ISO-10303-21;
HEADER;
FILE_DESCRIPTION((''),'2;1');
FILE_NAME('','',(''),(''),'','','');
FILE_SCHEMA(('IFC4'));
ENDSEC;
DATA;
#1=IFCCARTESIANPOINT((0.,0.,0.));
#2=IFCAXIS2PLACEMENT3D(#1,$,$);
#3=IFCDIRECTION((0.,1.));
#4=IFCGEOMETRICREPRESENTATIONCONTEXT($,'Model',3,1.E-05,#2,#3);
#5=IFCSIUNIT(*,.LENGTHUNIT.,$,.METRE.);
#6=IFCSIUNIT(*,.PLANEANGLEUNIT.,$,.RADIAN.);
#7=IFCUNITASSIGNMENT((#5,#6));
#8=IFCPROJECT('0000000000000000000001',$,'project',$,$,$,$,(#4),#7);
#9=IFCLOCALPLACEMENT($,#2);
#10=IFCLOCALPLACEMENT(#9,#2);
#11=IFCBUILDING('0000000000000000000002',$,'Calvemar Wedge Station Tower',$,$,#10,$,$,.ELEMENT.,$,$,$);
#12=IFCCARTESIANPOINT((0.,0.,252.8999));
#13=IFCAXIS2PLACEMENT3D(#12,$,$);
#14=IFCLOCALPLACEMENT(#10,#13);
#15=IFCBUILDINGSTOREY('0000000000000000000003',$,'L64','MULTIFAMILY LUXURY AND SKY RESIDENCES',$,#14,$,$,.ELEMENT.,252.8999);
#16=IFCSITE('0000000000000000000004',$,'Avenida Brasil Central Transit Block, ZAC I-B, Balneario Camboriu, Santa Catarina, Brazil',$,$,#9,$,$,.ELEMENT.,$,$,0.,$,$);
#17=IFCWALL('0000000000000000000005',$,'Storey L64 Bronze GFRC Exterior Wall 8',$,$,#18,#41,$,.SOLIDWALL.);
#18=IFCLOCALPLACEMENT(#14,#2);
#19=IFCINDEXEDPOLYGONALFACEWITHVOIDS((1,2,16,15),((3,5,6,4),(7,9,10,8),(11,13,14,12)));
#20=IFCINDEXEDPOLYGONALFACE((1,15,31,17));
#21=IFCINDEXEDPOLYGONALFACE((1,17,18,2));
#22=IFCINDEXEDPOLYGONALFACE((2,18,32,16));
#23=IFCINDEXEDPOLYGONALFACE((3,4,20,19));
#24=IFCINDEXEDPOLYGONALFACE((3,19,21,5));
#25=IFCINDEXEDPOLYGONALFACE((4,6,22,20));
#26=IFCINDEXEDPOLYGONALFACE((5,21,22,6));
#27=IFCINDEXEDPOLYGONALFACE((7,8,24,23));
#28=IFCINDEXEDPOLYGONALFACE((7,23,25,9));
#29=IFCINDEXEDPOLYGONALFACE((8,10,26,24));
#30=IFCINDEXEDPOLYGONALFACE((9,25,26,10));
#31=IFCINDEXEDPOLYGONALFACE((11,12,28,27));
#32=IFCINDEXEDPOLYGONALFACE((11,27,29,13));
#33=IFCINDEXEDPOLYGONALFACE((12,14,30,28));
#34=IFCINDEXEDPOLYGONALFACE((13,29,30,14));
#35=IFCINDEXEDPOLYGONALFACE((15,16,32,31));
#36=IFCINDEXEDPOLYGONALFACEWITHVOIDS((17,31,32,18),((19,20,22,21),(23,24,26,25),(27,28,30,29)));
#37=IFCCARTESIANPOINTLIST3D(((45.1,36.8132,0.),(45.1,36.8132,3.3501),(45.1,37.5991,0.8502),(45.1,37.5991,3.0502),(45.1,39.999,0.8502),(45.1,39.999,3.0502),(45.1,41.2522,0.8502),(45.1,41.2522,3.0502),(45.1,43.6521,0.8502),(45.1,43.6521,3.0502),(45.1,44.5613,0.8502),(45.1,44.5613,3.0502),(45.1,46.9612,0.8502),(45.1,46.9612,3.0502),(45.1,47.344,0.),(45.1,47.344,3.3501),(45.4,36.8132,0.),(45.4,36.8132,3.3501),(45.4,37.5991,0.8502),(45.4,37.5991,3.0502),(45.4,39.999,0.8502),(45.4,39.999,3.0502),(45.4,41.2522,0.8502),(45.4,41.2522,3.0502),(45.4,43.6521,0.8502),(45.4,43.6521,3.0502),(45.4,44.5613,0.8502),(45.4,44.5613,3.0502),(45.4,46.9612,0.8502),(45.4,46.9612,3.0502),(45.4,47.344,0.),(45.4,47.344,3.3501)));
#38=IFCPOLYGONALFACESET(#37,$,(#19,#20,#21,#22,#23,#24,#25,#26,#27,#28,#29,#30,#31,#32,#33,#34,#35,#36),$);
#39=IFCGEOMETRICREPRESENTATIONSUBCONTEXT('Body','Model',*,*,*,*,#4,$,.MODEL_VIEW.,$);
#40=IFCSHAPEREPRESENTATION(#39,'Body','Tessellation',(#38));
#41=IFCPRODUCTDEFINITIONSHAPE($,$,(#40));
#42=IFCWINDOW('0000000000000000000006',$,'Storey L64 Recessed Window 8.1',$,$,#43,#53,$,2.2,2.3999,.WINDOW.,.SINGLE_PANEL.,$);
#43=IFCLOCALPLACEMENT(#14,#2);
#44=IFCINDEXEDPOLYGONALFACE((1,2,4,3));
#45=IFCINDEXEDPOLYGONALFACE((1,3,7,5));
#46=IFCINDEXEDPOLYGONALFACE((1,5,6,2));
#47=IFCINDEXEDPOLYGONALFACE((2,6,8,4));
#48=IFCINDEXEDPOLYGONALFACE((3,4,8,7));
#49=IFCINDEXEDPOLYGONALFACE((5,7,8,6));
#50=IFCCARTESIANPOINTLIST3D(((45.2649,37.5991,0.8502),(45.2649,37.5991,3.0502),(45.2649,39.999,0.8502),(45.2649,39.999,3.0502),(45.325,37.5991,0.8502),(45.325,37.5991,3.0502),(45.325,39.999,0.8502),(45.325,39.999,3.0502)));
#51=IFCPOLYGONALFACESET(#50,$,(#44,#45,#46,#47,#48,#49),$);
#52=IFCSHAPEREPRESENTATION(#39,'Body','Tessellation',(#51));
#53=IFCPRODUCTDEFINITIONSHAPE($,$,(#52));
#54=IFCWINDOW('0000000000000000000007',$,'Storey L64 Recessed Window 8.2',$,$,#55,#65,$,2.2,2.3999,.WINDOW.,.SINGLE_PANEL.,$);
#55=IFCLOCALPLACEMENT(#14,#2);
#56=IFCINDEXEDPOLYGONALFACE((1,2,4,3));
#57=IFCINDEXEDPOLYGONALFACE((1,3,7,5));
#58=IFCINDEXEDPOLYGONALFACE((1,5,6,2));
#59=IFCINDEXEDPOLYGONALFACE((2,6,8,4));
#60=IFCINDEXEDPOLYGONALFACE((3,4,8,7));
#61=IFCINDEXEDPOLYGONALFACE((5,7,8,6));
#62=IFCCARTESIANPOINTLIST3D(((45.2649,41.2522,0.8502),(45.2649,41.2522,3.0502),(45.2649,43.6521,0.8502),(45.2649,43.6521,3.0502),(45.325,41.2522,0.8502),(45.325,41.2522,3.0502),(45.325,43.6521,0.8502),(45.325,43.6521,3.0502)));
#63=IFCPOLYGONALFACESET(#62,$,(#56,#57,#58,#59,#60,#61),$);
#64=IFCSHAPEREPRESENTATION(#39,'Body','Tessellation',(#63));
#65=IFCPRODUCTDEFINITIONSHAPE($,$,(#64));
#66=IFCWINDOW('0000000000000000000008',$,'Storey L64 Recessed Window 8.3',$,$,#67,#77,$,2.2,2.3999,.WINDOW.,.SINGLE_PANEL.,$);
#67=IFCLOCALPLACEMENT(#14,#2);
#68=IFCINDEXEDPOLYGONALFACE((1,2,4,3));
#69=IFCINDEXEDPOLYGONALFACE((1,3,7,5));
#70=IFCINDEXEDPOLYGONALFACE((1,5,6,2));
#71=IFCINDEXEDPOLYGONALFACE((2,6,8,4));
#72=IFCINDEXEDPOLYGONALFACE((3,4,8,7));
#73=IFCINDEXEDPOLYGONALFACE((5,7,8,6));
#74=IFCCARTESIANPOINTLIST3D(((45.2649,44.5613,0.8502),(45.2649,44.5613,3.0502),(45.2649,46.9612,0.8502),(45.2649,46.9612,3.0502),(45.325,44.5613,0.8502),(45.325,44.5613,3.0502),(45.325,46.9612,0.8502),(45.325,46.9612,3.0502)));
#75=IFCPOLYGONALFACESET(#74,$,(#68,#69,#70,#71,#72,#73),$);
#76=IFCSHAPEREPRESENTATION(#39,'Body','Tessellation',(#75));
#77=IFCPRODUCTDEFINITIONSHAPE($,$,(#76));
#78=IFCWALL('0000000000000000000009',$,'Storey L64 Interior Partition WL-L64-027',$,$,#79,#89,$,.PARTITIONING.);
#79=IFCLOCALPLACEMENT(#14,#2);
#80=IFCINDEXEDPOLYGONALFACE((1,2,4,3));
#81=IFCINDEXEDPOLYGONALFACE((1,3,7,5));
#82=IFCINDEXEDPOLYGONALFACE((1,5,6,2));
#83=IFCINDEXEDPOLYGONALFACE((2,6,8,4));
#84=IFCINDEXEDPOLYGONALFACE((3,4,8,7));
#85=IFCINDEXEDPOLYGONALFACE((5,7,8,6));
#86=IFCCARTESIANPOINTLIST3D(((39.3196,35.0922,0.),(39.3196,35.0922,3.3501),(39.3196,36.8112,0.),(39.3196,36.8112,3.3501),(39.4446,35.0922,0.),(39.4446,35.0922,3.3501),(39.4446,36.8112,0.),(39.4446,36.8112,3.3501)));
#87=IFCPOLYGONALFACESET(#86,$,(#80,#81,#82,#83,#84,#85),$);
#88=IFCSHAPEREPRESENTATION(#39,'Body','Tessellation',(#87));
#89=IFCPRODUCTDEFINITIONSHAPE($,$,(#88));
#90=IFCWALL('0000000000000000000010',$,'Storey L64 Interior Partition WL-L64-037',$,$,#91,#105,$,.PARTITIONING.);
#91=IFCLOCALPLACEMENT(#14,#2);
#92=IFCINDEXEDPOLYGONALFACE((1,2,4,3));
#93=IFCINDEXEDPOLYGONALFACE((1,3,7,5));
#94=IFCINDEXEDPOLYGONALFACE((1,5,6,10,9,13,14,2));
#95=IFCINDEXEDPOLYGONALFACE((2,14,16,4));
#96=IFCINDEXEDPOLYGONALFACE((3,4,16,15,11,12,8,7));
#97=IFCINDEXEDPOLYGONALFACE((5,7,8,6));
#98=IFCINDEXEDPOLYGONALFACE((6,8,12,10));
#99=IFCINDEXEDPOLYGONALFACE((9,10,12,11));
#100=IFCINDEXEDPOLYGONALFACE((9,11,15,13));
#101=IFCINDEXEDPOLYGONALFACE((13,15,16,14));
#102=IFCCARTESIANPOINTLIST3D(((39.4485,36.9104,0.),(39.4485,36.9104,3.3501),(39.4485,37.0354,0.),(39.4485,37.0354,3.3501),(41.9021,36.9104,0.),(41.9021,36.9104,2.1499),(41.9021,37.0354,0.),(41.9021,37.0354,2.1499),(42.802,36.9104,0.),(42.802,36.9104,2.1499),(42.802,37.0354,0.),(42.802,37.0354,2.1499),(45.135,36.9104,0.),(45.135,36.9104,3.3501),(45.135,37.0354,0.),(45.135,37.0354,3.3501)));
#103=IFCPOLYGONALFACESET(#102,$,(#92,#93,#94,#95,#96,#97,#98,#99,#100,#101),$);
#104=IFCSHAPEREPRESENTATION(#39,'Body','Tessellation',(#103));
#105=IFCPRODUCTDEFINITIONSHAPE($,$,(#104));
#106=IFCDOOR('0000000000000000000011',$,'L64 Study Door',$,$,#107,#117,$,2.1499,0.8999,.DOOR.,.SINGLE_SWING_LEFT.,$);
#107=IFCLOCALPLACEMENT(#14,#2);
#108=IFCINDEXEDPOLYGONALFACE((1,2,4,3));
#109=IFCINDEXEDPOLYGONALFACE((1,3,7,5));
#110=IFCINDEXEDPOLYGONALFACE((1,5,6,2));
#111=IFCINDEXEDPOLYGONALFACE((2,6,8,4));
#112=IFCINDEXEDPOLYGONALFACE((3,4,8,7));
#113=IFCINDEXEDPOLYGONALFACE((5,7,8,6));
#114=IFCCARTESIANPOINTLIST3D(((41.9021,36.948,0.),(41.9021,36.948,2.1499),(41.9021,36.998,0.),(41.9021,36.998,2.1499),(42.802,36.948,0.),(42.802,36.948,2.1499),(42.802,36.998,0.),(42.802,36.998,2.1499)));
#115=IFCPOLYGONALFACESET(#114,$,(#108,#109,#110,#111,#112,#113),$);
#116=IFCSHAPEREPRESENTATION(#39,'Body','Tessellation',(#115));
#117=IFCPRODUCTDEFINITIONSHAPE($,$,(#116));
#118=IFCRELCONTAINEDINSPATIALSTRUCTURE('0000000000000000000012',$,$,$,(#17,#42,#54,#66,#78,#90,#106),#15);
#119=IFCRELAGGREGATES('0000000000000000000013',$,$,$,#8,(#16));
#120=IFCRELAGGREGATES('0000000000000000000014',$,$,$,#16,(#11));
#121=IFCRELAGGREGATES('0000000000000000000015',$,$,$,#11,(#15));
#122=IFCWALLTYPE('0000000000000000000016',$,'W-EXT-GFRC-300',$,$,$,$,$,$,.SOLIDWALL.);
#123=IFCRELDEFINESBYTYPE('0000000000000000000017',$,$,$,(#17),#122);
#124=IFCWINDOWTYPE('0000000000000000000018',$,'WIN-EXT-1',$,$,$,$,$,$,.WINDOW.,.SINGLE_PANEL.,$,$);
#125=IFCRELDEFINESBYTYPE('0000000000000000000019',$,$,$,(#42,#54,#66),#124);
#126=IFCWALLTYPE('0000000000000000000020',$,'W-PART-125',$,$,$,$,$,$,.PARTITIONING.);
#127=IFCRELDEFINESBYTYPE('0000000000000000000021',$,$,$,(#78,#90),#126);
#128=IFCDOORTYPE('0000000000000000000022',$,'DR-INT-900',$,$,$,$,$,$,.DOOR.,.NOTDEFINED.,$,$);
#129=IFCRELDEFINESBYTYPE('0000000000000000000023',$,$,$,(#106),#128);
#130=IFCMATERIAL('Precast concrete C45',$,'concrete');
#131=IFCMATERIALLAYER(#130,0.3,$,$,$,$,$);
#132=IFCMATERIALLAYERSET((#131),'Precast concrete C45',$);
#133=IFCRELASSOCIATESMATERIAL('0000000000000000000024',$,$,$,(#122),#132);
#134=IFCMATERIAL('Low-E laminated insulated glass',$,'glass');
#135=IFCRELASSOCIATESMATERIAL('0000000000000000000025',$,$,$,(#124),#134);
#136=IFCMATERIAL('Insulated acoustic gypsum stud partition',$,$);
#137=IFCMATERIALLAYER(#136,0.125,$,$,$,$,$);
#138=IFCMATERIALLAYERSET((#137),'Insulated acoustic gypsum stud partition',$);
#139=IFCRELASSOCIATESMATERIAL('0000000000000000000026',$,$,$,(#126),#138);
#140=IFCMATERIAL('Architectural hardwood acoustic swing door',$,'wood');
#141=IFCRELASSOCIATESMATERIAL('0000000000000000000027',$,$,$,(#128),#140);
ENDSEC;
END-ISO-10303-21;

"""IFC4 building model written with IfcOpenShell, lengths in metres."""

from ifc_helpers import new_model, si_unit, direction, frame, frame_2d, origin, place, context, subcontext, project, spatial, rectangle, extrude, source, transform, mapped, material, layer, layer_set, type_object, element, fill, save


model = new_model("IFC4")

# Units and contexts
model_context = context("Model", 3, precision=1e-05, world=origin(), true_north=direction((0.0, 1.0)))
body_context = subcontext(model_context, "Body", "Model", "MODEL_VIEW")
ifc_project = project(units=[si_unit("LENGTHUNIT", "METRE"), si_unit("PLANEANGLEUNIT", "RADIAN")], contexts=[model_context])

# Site, building, storey
site_placement = place(None, origin())
site = spatial("IfcSite", under=ifc_project, at=site_placement, Name="Avenida Brasil Central Transit Block, ZAC I-B, Balneario Camboriu, Santa Catarina, Brazil", CompositionType="ELEMENT", RefElevation=0.0)
building_placement = place(site_placement, origin())
building = spatial("IfcBuilding", under=site, at=building_placement, Name="Calvemar Wedge Station Tower", CompositionType="ELEMENT")
storey_placement = place(building_placement, frame((0.0, 0.0, 252.8999)))
storey = spatial("IfcBuildingStorey", under=building, at=storey_placement, Name="L64", Description="MULTIFAMILY LUXURY AND SKY RESIDENCES", CompositionType="ELEMENT", Elevation=252.8999)

# Shared definitions
ifc_material_1 = material(Name="Low-E laminated insulated glass", Category="glass")

# Shared definitions
ifc_material_2 = material(Name="Precast concrete C45", Category="concrete")

# Shared definitions
ifc_layer_1 = layer(ifc_material_2, 0.3)
ifc_layer_set_1 = layer_set([ifc_layer_1], Name="Precast concrete C45")
wall_type_1 = type_object("IfcWallType", Name="W-EXT-GFRC-300", PredefinedType="SOLIDWALL", material=ifc_layer_set_1)

# Wall, openings, windows
wall_1_placement = place(storey_placement, frame((45.25, 36.8132, 0.0), z_axis=(0.0, 0.0, 1.0), x_axis=(0.0, 1.0, 0.0)))
wall_1 = element("IfcWall", 1, at=wall_1_placement, inside=storey, type_object=wall_type_1, Name="Storey L64 Bronze GFRC Exterior Wall 8", PredefinedType="SOLIDWALL", context=body_context, shape_type="SweptSolid", body=[
    extrude(rectangle(XDim=10.5308, YDim=0.3, at=frame_2d((5.2654, 0.0))), origin(), (0.0, 0.0, 1.0), 3.3501),
])
shared_shape_1 = source(origin(), body_context, "Body", "SweptSolid", [
    extrude(rectangle(XDim=2.3999, YDim=2.2, at=frame_2d((1.2, 1.1001))), frame((0.0, 0.1602, 0.0), z_axis=(0.0, -1.0, 0.0), x_axis=(1.0, 0.0, 0.0)), (0.0, 0.0, 1.0), 0.3201),
])
opening_1_placement = place(wall_1_placement, frame((0.7859, 0.0, 0.8501)))
opening_1 = element("IfcOpeningElement", 2, at=opening_1_placement, cuts=wall_1, PredefinedType="OPENING", context=body_context, shape_type="MappedRepresentation", body=[
    mapped(shared_shape_1, transform((0.0, 0.0, 0.0), scale=1.0)),
])
opening_2_placement = place(wall_1_placement, frame((4.439, 0.0, 0.8501)))
opening_2 = element("IfcOpeningElement", 3, at=opening_2_placement, cuts=wall_1, PredefinedType="OPENING", context=body_context, shape_type="MappedRepresentation", body=[
    mapped(shared_shape_1, transform((0.0, 0.0, 0.0), scale=1.0)),
])
opening_3_placement = place(wall_1_placement, frame((7.748, 0.0, 0.8501)))
opening_3 = element("IfcOpeningElement", 4, at=opening_3_placement, cuts=wall_1, PredefinedType="OPENING", context=body_context, shape_type="MappedRepresentation", body=[
    mapped(shared_shape_1, transform((0.0, 0.0, 0.0), scale=1.0)),
])
window_type_1 = type_object("IfcWindowType", Name="WIN-EXT-1", PartitioningType="SINGLE_PANEL", PredefinedType="WINDOW", material=ifc_material_1)
shared_shape_2 = source(origin(), body_context, "Body", "SweptSolid", [
    extrude(rectangle(XDim=2.3999, YDim=2.2, at=frame_2d((1.2, 1.1001))), frame((0.0, -0.0149, 0.0), z_axis=(0.0, -1.0, 0.0), x_axis=(1.0, 0.0, 0.0)), (0.0, 0.0, 1.0), 0.0601),
])
window_1_placement = place(opening_1_placement, origin())
window_1 = element("IfcWindow", 5, at=window_1_placement, inside=storey, type_object=window_type_1, Name="Storey L64 Recessed Window 8.1", OverallHeight=2.2, OverallWidth=2.3999, PartitioningType="SINGLE_PANEL", PredefinedType="WINDOW", context=body_context, shape_type="MappedRepresentation", body=[
    mapped(shared_shape_2, transform((0.0, 0.0, 0.0), scale=1.0)),
])
fill(opening_1, window_1)
window_2_placement = place(opening_2_placement, origin())
window_2 = element("IfcWindow", 6, at=window_2_placement, inside=storey, type_object=window_type_1, Name="Storey L64 Recessed Window 8.2", OverallHeight=2.2, OverallWidth=2.3999, PartitioningType="SINGLE_PANEL", PredefinedType="WINDOW", context=body_context, shape_type="MappedRepresentation", body=[
    mapped(shared_shape_2, transform((0.0, 0.0, 0.0), scale=1.0)),
])
fill(opening_2, window_2)
window_3_placement = place(opening_3_placement, origin())
window_3 = element("IfcWindow", 7, at=window_3_placement, inside=storey, type_object=window_type_1, Name="Storey L64 Recessed Window 8.3", OverallHeight=2.2, OverallWidth=2.3999, PartitioningType="SINGLE_PANEL", PredefinedType="WINDOW", context=body_context, shape_type="MappedRepresentation", body=[
    mapped(shared_shape_2, transform((0.0, 0.0, 0.0), scale=1.0)),
])
fill(opening_3, window_3)

# Wall
ifc_material_3 = material(Name="Insulated acoustic gypsum stud partition")
ifc_layer_2 = layer(ifc_material_3, 0.125)
ifc_layer_set_2 = layer_set([ifc_layer_2], Name="Insulated acoustic gypsum stud partition")
wall_type_2 = type_object("IfcWallType", Name="W-PART-125", PredefinedType="PARTITIONING", material=ifc_layer_set_2)
wall_2_placement = place(storey_placement, frame((39.3821, 36.811, 0.0), z_axis=(0.0, 0.0, 1.0), x_axis=(0.0, -1.0, 0.0)))
element("IfcWall", 8, at=wall_2_placement, inside=storey, type_object=wall_type_2, Name="Storey L64 Interior Partition WL-L64-027", PredefinedType="PARTITIONING", context=body_context, shape_type="SweptSolid", body=[
    extrude(rectangle(XDim=1.719, YDim=0.125, at=frame_2d((0.8594, 0.0))), origin(), (0.0, 0.0, 1.0), 3.3501),
])

# Wall, opening, door
wall_3_placement = place(storey_placement, frame((45.135, 36.9729, 0.0), z_axis=(0.0, 0.0, 1.0), x_axis=(-1.0, 0.0, 0.0)))
wall_3 = element("IfcWall", 9, at=wall_3_placement, inside=storey, type_object=wall_type_2, Name="Storey L64 Interior Partition WL-L64-037", PredefinedType="PARTITIONING", context=body_context, shape_type="SweptSolid", body=[
    extrude(rectangle(XDim=5.6865, YDim=0.125, at=frame_2d((2.8433, 0.0))), origin(), (0.0, 0.0, 1.0), 3.3501),
])
shared_shape_3 = source(origin(), body_context, "Body", "SweptSolid", [
    extrude(rectangle(XDim=0.8999, YDim=2.1499, at=frame_2d((0.45, 1.075))), frame((0.0, 0.0725, 0.0), z_axis=(0.0, -1.0, 0.0), x_axis=(1.0, 0.0, 0.0)), (0.0, 0.0, 1.0), 0.145),
])
opening_4_placement = place(wall_3_placement, frame((2.333, 0.0, 0.0)))
opening_4 = element("IfcOpeningElement", 10, at=opening_4_placement, cuts=wall_3, PredefinedType="OPENING", context=body_context, shape_type="MappedRepresentation", body=[
    mapped(shared_shape_3, transform((0.0, 0.0, 0.0), scale=1.0)),
])
ifc_material_4 = material(Name="Architectural hardwood acoustic swing door", Category="wood")
door_type_1 = type_object("IfcDoorType", Name="DR-INT-900", OperationType="NOTDEFINED", PredefinedType="DOOR", material=ifc_material_4)
shared_shape_4 = source(origin(), body_context, "Body", "SweptSolid", [
    extrude(rectangle(XDim=0.8999, YDim=2.1499, at=frame_2d((0.45, 1.075))), frame((0.0, 0.0249, 0.0), z_axis=(0.0, -1.0, 0.0), x_axis=(1.0, 0.0, 0.0)), (0.0, 0.0, 1.0), 0.05),
])
door_1_placement = place(opening_4_placement, origin())
door_1 = element("IfcDoor", 11, at=door_1_placement, inside=storey, type_object=door_type_1, Name="L64 Study Door", OperationType="SINGLE_SWING_LEFT", OverallHeight=2.1499, OverallWidth=0.8999, PredefinedType="DOOR", context=body_context, shape_type="MappedRepresentation", body=[
    mapped(shared_shape_4, transform((0.0, 0.0, 0.0), scale=1.0)),
])
fill(opening_4, door_1)

save(model, "model.ifc")
